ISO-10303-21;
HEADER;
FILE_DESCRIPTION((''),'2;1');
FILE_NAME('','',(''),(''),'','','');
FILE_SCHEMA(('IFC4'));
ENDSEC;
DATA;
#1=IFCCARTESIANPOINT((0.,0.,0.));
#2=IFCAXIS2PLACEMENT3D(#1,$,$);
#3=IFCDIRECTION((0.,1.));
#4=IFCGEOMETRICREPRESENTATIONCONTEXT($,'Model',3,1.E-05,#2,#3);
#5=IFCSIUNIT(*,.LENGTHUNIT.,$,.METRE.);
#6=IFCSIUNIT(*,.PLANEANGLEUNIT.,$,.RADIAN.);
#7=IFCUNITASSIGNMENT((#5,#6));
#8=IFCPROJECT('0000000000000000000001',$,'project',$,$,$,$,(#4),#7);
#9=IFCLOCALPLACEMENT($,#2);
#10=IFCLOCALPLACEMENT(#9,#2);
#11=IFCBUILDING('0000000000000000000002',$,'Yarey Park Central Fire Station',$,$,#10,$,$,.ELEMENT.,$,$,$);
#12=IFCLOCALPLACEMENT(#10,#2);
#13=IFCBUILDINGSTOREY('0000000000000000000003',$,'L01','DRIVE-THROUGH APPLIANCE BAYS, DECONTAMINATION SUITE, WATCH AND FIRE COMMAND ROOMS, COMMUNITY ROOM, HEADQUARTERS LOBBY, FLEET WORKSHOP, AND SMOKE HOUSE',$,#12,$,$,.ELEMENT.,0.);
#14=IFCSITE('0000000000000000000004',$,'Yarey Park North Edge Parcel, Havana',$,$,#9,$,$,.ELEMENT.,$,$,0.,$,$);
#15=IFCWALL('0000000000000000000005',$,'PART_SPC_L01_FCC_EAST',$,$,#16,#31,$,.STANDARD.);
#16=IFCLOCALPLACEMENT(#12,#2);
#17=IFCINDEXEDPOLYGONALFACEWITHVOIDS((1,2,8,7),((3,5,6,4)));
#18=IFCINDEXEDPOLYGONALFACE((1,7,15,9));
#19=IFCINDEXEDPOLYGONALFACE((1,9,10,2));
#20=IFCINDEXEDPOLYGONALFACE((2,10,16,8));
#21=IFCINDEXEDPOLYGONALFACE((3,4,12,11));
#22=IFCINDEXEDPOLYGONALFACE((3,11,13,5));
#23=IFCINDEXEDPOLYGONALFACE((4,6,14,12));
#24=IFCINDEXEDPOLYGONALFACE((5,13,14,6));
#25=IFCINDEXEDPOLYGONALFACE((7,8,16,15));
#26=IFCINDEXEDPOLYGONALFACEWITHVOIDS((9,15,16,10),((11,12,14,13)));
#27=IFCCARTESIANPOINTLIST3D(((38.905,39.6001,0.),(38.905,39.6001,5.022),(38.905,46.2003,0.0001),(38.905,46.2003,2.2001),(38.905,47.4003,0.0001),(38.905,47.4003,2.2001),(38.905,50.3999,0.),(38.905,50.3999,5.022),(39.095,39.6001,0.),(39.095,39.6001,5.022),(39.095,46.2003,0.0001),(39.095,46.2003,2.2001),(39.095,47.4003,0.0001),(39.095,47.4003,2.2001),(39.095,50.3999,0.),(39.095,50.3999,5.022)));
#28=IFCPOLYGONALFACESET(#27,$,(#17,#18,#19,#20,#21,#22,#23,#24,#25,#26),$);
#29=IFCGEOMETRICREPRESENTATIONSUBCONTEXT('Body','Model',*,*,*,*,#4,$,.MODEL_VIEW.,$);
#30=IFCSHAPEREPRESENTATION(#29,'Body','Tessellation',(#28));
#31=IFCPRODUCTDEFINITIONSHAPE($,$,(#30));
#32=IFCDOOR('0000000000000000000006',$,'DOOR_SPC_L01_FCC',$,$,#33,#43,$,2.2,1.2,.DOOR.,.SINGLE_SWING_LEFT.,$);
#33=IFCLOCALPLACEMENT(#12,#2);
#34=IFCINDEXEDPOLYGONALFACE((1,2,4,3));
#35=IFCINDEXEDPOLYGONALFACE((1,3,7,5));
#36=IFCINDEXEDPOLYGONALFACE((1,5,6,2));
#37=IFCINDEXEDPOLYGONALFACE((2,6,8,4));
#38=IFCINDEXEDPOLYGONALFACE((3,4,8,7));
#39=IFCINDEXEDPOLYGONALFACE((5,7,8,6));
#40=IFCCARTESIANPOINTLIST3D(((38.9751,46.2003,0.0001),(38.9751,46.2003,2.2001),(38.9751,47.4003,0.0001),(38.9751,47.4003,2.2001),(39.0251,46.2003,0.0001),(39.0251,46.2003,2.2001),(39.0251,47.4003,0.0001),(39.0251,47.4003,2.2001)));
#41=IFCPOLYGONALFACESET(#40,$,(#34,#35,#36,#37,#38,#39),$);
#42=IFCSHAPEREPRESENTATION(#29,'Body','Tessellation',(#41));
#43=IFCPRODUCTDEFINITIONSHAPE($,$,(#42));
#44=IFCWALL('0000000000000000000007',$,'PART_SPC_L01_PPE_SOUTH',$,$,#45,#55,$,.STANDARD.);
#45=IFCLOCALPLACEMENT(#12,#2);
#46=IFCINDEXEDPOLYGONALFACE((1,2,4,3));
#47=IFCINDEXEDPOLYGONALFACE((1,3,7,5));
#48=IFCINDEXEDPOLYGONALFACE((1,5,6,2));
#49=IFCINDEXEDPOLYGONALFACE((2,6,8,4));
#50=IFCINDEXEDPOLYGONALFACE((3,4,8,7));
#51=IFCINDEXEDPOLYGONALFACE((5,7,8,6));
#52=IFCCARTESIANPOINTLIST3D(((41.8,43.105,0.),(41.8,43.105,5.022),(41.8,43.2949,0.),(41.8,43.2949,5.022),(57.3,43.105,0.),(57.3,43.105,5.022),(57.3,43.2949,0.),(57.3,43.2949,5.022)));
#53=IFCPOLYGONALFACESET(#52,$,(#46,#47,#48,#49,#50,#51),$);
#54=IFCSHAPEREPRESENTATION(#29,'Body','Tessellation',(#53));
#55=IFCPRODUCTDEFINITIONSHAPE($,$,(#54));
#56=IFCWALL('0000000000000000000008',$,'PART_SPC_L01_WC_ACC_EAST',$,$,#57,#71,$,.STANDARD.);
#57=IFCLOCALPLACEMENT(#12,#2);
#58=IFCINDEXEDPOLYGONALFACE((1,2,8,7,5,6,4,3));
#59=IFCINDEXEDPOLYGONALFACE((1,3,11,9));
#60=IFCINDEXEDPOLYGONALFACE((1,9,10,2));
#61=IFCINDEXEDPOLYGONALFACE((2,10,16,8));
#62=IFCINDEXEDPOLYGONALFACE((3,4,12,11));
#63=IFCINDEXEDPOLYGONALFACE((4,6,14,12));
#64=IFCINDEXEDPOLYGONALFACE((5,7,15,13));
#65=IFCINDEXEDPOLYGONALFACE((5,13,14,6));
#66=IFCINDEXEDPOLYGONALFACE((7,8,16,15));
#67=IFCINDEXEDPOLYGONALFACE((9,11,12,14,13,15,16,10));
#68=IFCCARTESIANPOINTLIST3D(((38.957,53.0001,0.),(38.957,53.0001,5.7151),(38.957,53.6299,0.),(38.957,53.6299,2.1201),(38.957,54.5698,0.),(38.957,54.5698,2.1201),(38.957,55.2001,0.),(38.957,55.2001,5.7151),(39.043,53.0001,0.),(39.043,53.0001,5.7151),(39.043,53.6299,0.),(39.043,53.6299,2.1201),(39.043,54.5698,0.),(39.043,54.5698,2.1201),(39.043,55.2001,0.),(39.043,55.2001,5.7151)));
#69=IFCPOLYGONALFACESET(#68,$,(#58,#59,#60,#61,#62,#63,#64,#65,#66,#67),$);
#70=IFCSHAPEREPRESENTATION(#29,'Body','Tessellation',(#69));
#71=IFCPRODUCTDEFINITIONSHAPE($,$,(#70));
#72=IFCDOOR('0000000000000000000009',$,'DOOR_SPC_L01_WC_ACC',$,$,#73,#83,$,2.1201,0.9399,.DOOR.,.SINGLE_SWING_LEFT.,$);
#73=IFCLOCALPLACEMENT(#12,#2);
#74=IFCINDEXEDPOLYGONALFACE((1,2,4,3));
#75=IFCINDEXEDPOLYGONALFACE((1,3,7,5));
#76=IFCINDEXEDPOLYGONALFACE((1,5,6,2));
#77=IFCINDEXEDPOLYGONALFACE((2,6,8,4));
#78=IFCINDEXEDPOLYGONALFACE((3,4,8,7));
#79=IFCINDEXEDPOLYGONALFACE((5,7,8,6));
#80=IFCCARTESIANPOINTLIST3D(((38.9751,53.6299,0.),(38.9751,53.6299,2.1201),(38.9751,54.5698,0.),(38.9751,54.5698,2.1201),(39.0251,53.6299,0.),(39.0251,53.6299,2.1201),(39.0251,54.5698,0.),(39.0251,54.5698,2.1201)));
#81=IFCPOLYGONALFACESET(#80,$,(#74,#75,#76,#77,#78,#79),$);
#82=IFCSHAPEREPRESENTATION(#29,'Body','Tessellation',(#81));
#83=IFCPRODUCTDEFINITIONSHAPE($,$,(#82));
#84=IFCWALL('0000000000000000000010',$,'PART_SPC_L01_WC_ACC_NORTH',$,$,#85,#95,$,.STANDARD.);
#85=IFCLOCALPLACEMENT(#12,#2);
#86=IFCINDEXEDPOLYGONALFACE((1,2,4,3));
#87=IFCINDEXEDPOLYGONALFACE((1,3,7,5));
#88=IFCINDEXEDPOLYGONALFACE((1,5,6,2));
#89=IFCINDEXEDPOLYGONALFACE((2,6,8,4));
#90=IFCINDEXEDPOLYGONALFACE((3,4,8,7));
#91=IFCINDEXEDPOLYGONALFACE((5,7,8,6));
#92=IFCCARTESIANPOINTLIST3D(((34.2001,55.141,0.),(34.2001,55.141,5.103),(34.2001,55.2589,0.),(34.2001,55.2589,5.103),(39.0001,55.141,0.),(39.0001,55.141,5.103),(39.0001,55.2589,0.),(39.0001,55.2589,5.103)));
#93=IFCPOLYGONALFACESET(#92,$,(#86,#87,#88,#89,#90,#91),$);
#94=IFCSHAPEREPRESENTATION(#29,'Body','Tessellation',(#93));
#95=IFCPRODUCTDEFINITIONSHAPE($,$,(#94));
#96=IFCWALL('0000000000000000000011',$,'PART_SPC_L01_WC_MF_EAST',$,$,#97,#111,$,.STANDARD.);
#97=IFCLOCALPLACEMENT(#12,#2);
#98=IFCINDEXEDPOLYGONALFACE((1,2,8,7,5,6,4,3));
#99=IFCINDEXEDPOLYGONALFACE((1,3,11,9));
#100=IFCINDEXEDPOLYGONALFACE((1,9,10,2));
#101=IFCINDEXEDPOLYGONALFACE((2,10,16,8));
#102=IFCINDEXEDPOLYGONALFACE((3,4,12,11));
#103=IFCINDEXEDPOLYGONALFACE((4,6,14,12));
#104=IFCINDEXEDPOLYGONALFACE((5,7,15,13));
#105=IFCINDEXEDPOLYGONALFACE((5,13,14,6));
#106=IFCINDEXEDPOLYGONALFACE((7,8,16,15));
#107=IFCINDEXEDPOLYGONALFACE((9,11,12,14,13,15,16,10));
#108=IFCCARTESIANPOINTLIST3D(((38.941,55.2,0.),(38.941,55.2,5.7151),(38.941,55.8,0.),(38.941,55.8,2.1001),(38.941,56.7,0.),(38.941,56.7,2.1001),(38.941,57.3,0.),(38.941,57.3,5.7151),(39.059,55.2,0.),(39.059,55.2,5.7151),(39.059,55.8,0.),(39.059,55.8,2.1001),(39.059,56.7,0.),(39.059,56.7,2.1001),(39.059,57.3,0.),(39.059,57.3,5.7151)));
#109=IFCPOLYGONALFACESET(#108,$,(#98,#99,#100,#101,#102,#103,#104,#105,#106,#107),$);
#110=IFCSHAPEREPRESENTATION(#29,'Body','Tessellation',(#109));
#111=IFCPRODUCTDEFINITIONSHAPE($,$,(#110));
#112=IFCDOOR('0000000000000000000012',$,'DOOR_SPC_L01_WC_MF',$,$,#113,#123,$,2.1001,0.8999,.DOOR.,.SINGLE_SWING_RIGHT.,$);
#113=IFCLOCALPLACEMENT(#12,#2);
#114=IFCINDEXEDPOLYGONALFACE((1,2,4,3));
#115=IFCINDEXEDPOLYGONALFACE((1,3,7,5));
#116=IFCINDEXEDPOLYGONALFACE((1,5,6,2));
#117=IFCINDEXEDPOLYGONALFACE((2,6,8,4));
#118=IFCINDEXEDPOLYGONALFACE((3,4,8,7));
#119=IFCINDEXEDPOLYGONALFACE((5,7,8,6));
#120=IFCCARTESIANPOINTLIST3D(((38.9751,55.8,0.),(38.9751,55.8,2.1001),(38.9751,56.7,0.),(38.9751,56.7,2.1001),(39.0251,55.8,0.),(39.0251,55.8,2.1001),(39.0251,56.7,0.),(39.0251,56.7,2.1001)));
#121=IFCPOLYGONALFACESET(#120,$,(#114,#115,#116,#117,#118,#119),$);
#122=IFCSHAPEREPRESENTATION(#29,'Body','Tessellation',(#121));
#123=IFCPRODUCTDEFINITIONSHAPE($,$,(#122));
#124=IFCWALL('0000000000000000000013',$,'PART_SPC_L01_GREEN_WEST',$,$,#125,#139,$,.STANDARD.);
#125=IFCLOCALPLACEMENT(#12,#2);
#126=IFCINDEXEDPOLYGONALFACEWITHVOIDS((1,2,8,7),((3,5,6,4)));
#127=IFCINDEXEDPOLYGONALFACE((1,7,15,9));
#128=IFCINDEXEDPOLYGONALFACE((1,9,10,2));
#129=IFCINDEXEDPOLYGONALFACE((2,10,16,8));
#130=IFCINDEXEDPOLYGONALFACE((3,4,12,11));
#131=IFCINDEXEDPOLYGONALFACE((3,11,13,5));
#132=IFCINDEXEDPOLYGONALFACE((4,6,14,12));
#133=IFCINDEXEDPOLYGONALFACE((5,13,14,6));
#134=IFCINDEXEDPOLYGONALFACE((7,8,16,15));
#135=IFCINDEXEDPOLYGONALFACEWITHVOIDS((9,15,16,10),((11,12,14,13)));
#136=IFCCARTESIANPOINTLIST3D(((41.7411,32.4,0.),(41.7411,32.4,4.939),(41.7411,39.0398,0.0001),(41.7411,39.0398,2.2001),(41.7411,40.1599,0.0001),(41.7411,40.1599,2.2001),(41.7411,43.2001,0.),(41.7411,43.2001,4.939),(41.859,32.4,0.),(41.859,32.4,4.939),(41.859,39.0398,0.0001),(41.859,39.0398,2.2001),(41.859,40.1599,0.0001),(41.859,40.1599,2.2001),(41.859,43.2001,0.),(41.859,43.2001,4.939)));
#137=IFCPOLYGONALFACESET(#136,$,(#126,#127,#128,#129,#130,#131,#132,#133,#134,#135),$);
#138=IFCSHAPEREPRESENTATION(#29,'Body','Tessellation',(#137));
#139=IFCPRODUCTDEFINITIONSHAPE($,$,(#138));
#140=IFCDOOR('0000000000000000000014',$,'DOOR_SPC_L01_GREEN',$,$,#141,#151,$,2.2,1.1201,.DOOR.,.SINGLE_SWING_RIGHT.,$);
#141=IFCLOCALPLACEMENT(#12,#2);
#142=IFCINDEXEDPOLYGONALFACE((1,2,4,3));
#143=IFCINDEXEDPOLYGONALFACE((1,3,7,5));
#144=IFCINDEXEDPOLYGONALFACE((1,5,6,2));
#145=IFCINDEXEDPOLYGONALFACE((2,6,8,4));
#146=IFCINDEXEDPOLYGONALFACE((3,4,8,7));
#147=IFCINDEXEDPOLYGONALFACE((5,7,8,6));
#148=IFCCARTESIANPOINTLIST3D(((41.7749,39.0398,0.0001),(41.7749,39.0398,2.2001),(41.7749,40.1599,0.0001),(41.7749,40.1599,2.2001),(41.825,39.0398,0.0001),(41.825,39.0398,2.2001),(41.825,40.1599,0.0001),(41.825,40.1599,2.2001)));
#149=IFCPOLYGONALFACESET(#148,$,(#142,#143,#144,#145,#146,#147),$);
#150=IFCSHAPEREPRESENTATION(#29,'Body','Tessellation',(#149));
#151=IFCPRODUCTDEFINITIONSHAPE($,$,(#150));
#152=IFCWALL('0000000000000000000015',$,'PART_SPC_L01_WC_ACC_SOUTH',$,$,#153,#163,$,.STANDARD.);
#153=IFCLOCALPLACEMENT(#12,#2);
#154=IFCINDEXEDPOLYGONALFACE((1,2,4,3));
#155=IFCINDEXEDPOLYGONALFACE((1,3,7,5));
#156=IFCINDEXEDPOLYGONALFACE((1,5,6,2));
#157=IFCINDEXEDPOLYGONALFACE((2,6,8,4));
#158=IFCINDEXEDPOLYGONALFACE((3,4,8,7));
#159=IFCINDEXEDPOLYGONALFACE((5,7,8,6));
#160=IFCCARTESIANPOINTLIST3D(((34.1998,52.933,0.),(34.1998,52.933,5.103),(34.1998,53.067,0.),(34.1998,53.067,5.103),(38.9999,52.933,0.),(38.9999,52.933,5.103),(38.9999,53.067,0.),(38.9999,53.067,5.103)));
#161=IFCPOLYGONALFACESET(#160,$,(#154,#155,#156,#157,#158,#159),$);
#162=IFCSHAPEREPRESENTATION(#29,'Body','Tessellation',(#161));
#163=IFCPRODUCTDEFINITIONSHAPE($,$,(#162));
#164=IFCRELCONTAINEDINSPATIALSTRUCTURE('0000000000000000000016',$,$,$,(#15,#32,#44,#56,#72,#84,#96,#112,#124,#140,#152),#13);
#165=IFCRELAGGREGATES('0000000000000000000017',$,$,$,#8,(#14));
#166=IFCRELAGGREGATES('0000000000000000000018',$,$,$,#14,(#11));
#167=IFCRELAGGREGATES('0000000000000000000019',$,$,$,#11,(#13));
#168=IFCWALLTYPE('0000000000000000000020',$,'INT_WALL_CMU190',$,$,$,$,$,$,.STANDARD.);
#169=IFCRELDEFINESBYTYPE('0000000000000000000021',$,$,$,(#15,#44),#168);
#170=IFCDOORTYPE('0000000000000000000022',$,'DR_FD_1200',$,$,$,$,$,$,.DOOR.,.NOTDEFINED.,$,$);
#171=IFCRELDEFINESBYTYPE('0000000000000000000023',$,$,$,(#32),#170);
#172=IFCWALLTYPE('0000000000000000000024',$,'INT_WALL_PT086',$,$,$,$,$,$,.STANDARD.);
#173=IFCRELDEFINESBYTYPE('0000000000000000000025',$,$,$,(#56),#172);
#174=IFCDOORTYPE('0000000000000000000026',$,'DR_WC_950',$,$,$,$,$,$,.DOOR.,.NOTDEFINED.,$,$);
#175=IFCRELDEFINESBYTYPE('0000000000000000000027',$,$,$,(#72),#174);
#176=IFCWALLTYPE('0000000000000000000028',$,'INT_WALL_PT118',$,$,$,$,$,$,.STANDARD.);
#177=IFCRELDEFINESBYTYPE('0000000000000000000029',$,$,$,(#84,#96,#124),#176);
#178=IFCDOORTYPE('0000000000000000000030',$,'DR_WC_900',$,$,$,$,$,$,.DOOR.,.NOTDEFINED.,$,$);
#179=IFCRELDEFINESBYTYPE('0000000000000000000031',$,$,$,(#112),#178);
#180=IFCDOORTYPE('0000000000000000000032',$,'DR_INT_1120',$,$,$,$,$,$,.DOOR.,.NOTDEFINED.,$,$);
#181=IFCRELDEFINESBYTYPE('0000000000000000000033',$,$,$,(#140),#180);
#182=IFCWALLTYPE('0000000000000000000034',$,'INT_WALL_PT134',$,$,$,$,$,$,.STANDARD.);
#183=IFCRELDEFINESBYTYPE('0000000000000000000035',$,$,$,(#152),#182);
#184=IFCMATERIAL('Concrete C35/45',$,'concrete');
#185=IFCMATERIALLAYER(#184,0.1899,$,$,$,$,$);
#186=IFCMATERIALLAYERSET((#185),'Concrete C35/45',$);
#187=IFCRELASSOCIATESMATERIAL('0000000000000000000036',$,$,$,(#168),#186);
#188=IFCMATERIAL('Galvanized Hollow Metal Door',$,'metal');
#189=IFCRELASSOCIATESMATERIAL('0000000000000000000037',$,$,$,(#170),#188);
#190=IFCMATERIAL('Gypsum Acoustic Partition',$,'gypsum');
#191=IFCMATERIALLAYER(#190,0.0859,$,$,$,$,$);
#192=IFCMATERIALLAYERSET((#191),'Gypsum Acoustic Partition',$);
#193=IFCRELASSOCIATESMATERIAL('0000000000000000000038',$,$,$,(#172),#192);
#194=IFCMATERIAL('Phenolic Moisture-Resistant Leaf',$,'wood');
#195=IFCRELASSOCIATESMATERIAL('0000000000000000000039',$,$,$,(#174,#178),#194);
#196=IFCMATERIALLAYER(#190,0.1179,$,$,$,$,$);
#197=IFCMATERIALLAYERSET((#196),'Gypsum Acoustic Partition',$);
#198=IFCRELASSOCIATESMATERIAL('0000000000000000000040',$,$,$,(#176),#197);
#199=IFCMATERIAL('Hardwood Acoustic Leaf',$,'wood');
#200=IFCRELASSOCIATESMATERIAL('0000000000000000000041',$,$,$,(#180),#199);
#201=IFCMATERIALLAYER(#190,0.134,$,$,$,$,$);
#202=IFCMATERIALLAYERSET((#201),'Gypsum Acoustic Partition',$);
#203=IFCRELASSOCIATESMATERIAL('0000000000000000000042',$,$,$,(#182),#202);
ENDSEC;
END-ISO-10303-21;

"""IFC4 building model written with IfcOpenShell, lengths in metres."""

from ifc_helpers import new_model, si_unit, direction, frame, frame_2d, origin, place, context, subcontext, project, spatial, rectangle, extrude, material, layer, layer_set, type_object, element, fill, save


model = new_model("IFC4")

# Units and contexts
model_context = context("Model", 3, precision=1e-05, world=origin(), true_north=direction((0.0, 1.0)))
body_context = subcontext(model_context, "Body", "Model", "MODEL_VIEW")
ifc_project = project(units=[si_unit("LENGTHUNIT", "METRE"), si_unit("PLANEANGLEUNIT", "RADIAN")], contexts=[model_context])

# Site, building, storey
site_placement = place(None, origin())
site = spatial("IfcSite", under=ifc_project, at=site_placement, Name="Yarey Park North Edge Parcel, Havana", CompositionType="ELEMENT", RefElevation=0.0)
building_placement = place(site_placement, origin())
building = spatial("IfcBuilding", under=site, at=building_placement, Name="Yarey Park Central Fire Station", CompositionType="ELEMENT")
storey_placement = place(building_placement, origin())
storey = spatial("IfcBuildingStorey", under=building, at=storey_placement, Name="L01", Description="DRIVE-THROUGH APPLIANCE BAYS, DECONTAMINATION SUITE, WATCH AND FIRE COMMAND ROOMS, COMMUNITY ROOM, HEADQUARTERS LOBBY, FLEET WORKSHOP, AND SMOKE HOUSE", CompositionType="ELEMENT", Elevation=0.0)

# Shared definitions
ifc_material_1 = material(Name="Concrete C35/45", Category="concrete")

# Shared definitions
ifc_material_2 = material(Name="Hardwood Acoustic Leaf", Category="wood")

# Shared definitions
ifc_layer_1 = layer(ifc_material_1, 0.1899)
ifc_layer_set_1 = layer_set([ifc_layer_1], Name="Concrete C35/45")
wall_type_1 = type_object("IfcWallType", Name="INT_WALL_CMU190", PredefinedType="STANDARD", material=ifc_layer_set_1)

# Wall, opening, door
wall_1_placement = place(storey_placement, frame((39.0, 39.6001, 0.0), z_axis=(0.0, 0.0, 1.0), x_axis=(0.0, 1.0, 0.0)))
wall_1 = element("IfcWall", 1, at=wall_1_placement, inside=storey, type_object=wall_type_1, Name="PART_SPC_L01_FCC_EAST", PredefinedType="STANDARD", context=body_context, shape_type="SweptSolid", body=[
    extrude(rectangle(XDim=10.7998, YDim=0.1899, at=frame_2d((5.3999, 0.0))), origin(), (0.0, 0.0, 1.0), 5.022),
])
opening_1_placement = place(wall_1_placement, frame((6.6001, 0.0, 0.0)))
opening_1 = element("IfcOpeningElement", 2, at=opening_1_placement, cuts=wall_1, PredefinedType="OPENING", context=body_context, shape_type="SweptSolid", body=[
    extrude(rectangle(XDim=1.2, YDim=2.2, at=frame_2d((0.6001, 1.1001))), frame((0.0, 0.105, 0.0), z_axis=(0.0, -1.0, 0.0), x_axis=(1.0, 0.0, 0.0)), (0.0, 0.0, 1.0), 0.21),
])
ifc_material_3 = material(Name="Galvanized Hollow Metal Door", Category="metal")
door_type_1 = type_object("IfcDoorType", Name="DR_FD_1200", OperationType="NOTDEFINED", PredefinedType="DOOR", material=ifc_material_3)
door_1_placement = place(opening_1_placement, origin())
door_1 = element("IfcDoor", 3, at=door_1_placement, inside=storey, type_object=door_type_1, Name="DOOR_SPC_L01_FCC", OperationType="SINGLE_SWING_LEFT", OverallHeight=2.2, OverallWidth=1.2, PredefinedType="DOOR", context=body_context, shape_type="SweptSolid", body=[
    extrude(rectangle(XDim=1.2, YDim=2.2, at=frame_2d((0.6001, 1.1001))), frame((0.0, 0.0249, 0.0), z_axis=(0.0, -1.0, 0.0), x_axis=(1.0, 0.0, 0.0)), (0.0, 0.0, 1.0), 0.05),
])
fill(opening_1, door_1)

# Wall
wall_2_placement = place(storey_placement, frame((41.8, 43.2, 0.0), z_axis=(0.0, 0.0, 1.0), x_axis=(1.0, 0.0, 0.0)))
element("IfcWall", 4, at=wall_2_placement, inside=storey, type_object=wall_type_1, Name="PART_SPC_L01_PPE_SOUTH", PredefinedType="STANDARD", context=body_context, shape_type="SweptSolid", body=[
    extrude(rectangle(XDim=15.5, YDim=0.1899, at=frame_2d((7.75, 0.0))), origin(), (0.0, 0.0, 1.0), 5.022),
])

# Wall, opening, door
ifc_material_4 = material(Name="Gypsum Acoustic Partition", Category="gypsum")
ifc_layer_2 = layer(ifc_material_4, 0.0859)
ifc_layer_set_2 = layer_set([ifc_layer_2], Name="Gypsum Acoustic Partition")
wall_type_2 = type_object("IfcWallType", Name="INT_WALL_PT086", PredefinedType="STANDARD", material=ifc_layer_set_2)
wall_3_placement = place(storey_placement, frame((39.0, 53.0, 0.0), z_axis=(0.0, 0.0, 1.0), x_axis=(0.0, 1.0, 0.0)))
wall_3 = element("IfcWall", 5, at=wall_3_placement, inside=storey, type_object=wall_type_2, Name="PART_SPC_L01_WC_ACC_EAST", PredefinedType="STANDARD", context=body_context, shape_type="SweptSolid", body=[
    extrude(rectangle(XDim=2.2, YDim=0.0859, at=frame_2d((1.1001, 0.0))), origin(), (0.0, 0.0, 1.0), 5.7151),
])
opening_2_placement = place(wall_3_placement, frame((0.6299, 0.0, 0.0)))
opening_2 = element("IfcOpeningElement", 6, at=opening_2_placement, cuts=wall_3, PredefinedType="OPENING", context=body_context, shape_type="SweptSolid", body=[
    extrude(rectangle(XDim=0.9399, YDim=2.1201, at=frame_2d((0.47, 1.0601))), frame((0.0, 0.053, 0.0), z_axis=(0.0, -1.0, 0.0), x_axis=(1.0, 0.0, 0.0)), (0.0, 0.0, 1.0), 0.106),
])
ifc_material_5 = material(Name="Phenolic Moisture-Resistant Leaf", Category="wood")
door_type_2 = type_object("IfcDoorType", Name="DR_WC_950", OperationType="NOTDEFINED", PredefinedType="DOOR", material=ifc_material_5)
door_2_placement = place(opening_2_placement, origin())
door_2 = element("IfcDoor", 7, at=door_2_placement, inside=storey, type_object=door_type_2, Name="DOOR_SPC_L01_WC_ACC", OperationType="SINGLE_SWING_LEFT", OverallHeight=2.1201, OverallWidth=0.9399, PredefinedType="DOOR", context=body_context, shape_type="SweptSolid", body=[
    extrude(rectangle(XDim=0.9399, YDim=2.1201, at=frame_2d((0.47, 1.0601))), frame((0.0, 0.0249, 0.0), z_axis=(0.0, -1.0, 0.0), x_axis=(1.0, 0.0, 0.0)), (0.0, 0.0, 1.0), 0.05),
])
fill(opening_2, door_2)

# Wall
ifc_layer_3 = layer(ifc_material_4, 0.1179)
ifc_layer_set_3 = layer_set([ifc_layer_3], Name="Gypsum Acoustic Partition")
wall_type_3 = type_object("IfcWallType", Name="INT_WALL_PT118", PredefinedType="STANDARD", material=ifc_layer_set_3)
wall_4_placement = place(storey_placement, frame((39.0, 55.2, 0.0), z_axis=(0.0, 0.0, 1.0), x_axis=(-1.0, 0.0, 0.0)))
element("IfcWall", 8, at=wall_4_placement, inside=storey, type_object=wall_type_3, Name="PART_SPC_L01_WC_ACC_NORTH", PredefinedType="STANDARD", context=body_context, shape_type="SweptSolid", body=[
    extrude(rectangle(XDim=4.8, YDim=0.1179, at=frame_2d((2.3999, 0.0))), origin(), (0.0, 0.0, 1.0), 5.103),
])

# Walls, openings, doors
wall_5_placement = place(storey_placement, frame((39.0, 55.2, 0.0), z_axis=(0.0, 0.0, 1.0), x_axis=(0.0, 1.0, 0.0)))
wall_5 = element("IfcWall", 9, at=wall_5_placement, inside=storey, type_object=wall_type_3, Name="PART_SPC_L01_WC_MF_EAST", PredefinedType="STANDARD", context=body_context, shape_type="SweptSolid", body=[
    extrude(rectangle(XDim=2.1001, YDim=0.1179, at=frame_2d((1.05, 0.0))), origin(), (0.0, 0.0, 1.0), 5.7151),
])
opening_3_placement = place(wall_5_placement, frame((0.6001, 0.0, 0.0)))
opening_3 = element("IfcOpeningElement", 10, at=opening_3_placement, cuts=wall_5, PredefinedType="OPENING", context=body_context, shape_type="SweptSolid", body=[
    extrude(rectangle(XDim=0.8999, YDim=2.1001, at=frame_2d((0.45, 1.05))), frame((0.0, 0.0688, 0.0), z_axis=(0.0, -1.0, 0.0), x_axis=(1.0, 0.0, 0.0)), (0.0, 0.0, 1.0), 0.1379),
])
door_type_3 = type_object("IfcDoorType", Name="DR_WC_900", OperationType="NOTDEFINED", PredefinedType="DOOR", material=ifc_material_5)
door_3_placement = place(opening_3_placement, origin())
door_3 = element("IfcDoor", 11, at=door_3_placement, inside=storey, type_object=door_type_3, Name="DOOR_SPC_L01_WC_MF", OperationType="SINGLE_SWING_RIGHT", OverallHeight=2.1001, OverallWidth=0.8999, PredefinedType="DOOR", context=body_context, shape_type="SweptSolid", body=[
    extrude(rectangle(XDim=0.8999, YDim=2.1001, at=frame_2d((0.45, 1.05))), frame((0.0, 0.0249, 0.0), z_axis=(0.0, -1.0, 0.0), x_axis=(1.0, 0.0, 0.0)), (0.0, 0.0, 1.0), 0.05),
])
fill(opening_3, door_3)
wall_6_placement = place(storey_placement, frame((41.8, 43.2, 0.0), z_axis=(0.0, 0.0, 1.0), x_axis=(0.0, -1.0, 0.0)))
wall_6 = element("IfcWall", 12, at=wall_6_placement, inside=storey, type_object=wall_type_3, Name="PART_SPC_L01_GREEN_WEST", PredefinedType="STANDARD", context=body_context, shape_type="SweptSolid", body=[
    extrude(rectangle(XDim=10.8, YDim=0.1179, at=frame_2d((5.3999, 0.0))), origin(), (0.0, 0.0, 1.0), 4.939),
])
opening_4_placement = place(wall_6_placement, frame((3.04, 0.0, 0.0)))
opening_4 = element("IfcOpeningElement", 13, at=opening_4_placement, cuts=wall_6, PredefinedType="OPENING", context=body_context, shape_type="SweptSolid", body=[
    extrude(rectangle(XDim=1.1201, YDim=2.2, at=frame_2d((0.5601, 1.1001))), frame((0.0, 0.0688, 0.0), z_axis=(0.0, -1.0, 0.0), x_axis=(1.0, 0.0, 0.0)), (0.0, 0.0, 1.0), 0.1379),
])
door_type_4 = type_object("IfcDoorType", Name="DR_INT_1120", OperationType="NOTDEFINED", PredefinedType="DOOR", material=ifc_material_2)
door_4_placement = place(opening_4_placement, origin())
door_4 = element("IfcDoor", 14, at=door_4_placement, inside=storey, type_object=door_type_4, Name="DOOR_SPC_L01_GREEN", OperationType="SINGLE_SWING_RIGHT", OverallHeight=2.2, OverallWidth=1.1201, PredefinedType="DOOR", context=body_context, shape_type="SweptSolid", body=[
    extrude(rectangle(XDim=1.1201, YDim=2.2, at=frame_2d((0.5601, 1.1001))), frame((0.0, 0.0249, 0.0), z_axis=(0.0, -1.0, 0.0), x_axis=(1.0, 0.0, 0.0)), (0.0, 0.0, 1.0), 0.05),
])
fill(opening_4, door_4)

# Wall
ifc_layer_4 = layer(ifc_material_4, 0.134)
ifc_layer_set_4 = layer_set([ifc_layer_4], Name="Gypsum Acoustic Partition")
wall_type_4 = type_object("IfcWallType", Name="INT_WALL_PT134", PredefinedType="STANDARD", material=ifc_layer_set_4)
wall_7_placement = place(storey_placement, frame((34.2, 53.0, 0.0), z_axis=(0.0, 0.0, 1.0), x_axis=(1.0, 0.0, 0.0)))
element("IfcWall", 15, at=wall_7_placement, inside=storey, type_object=wall_type_4, Name="PART_SPC_L01_WC_ACC_SOUTH", PredefinedType="STANDARD", context=body_context, shape_type="SweptSolid", body=[
    extrude(rectangle(XDim=4.8, YDim=0.134, at=frame_2d((2.3999, 0.0))), origin(), (0.0, 0.0, 1.0), 5.103),
])

save(model, "model.ifc")
